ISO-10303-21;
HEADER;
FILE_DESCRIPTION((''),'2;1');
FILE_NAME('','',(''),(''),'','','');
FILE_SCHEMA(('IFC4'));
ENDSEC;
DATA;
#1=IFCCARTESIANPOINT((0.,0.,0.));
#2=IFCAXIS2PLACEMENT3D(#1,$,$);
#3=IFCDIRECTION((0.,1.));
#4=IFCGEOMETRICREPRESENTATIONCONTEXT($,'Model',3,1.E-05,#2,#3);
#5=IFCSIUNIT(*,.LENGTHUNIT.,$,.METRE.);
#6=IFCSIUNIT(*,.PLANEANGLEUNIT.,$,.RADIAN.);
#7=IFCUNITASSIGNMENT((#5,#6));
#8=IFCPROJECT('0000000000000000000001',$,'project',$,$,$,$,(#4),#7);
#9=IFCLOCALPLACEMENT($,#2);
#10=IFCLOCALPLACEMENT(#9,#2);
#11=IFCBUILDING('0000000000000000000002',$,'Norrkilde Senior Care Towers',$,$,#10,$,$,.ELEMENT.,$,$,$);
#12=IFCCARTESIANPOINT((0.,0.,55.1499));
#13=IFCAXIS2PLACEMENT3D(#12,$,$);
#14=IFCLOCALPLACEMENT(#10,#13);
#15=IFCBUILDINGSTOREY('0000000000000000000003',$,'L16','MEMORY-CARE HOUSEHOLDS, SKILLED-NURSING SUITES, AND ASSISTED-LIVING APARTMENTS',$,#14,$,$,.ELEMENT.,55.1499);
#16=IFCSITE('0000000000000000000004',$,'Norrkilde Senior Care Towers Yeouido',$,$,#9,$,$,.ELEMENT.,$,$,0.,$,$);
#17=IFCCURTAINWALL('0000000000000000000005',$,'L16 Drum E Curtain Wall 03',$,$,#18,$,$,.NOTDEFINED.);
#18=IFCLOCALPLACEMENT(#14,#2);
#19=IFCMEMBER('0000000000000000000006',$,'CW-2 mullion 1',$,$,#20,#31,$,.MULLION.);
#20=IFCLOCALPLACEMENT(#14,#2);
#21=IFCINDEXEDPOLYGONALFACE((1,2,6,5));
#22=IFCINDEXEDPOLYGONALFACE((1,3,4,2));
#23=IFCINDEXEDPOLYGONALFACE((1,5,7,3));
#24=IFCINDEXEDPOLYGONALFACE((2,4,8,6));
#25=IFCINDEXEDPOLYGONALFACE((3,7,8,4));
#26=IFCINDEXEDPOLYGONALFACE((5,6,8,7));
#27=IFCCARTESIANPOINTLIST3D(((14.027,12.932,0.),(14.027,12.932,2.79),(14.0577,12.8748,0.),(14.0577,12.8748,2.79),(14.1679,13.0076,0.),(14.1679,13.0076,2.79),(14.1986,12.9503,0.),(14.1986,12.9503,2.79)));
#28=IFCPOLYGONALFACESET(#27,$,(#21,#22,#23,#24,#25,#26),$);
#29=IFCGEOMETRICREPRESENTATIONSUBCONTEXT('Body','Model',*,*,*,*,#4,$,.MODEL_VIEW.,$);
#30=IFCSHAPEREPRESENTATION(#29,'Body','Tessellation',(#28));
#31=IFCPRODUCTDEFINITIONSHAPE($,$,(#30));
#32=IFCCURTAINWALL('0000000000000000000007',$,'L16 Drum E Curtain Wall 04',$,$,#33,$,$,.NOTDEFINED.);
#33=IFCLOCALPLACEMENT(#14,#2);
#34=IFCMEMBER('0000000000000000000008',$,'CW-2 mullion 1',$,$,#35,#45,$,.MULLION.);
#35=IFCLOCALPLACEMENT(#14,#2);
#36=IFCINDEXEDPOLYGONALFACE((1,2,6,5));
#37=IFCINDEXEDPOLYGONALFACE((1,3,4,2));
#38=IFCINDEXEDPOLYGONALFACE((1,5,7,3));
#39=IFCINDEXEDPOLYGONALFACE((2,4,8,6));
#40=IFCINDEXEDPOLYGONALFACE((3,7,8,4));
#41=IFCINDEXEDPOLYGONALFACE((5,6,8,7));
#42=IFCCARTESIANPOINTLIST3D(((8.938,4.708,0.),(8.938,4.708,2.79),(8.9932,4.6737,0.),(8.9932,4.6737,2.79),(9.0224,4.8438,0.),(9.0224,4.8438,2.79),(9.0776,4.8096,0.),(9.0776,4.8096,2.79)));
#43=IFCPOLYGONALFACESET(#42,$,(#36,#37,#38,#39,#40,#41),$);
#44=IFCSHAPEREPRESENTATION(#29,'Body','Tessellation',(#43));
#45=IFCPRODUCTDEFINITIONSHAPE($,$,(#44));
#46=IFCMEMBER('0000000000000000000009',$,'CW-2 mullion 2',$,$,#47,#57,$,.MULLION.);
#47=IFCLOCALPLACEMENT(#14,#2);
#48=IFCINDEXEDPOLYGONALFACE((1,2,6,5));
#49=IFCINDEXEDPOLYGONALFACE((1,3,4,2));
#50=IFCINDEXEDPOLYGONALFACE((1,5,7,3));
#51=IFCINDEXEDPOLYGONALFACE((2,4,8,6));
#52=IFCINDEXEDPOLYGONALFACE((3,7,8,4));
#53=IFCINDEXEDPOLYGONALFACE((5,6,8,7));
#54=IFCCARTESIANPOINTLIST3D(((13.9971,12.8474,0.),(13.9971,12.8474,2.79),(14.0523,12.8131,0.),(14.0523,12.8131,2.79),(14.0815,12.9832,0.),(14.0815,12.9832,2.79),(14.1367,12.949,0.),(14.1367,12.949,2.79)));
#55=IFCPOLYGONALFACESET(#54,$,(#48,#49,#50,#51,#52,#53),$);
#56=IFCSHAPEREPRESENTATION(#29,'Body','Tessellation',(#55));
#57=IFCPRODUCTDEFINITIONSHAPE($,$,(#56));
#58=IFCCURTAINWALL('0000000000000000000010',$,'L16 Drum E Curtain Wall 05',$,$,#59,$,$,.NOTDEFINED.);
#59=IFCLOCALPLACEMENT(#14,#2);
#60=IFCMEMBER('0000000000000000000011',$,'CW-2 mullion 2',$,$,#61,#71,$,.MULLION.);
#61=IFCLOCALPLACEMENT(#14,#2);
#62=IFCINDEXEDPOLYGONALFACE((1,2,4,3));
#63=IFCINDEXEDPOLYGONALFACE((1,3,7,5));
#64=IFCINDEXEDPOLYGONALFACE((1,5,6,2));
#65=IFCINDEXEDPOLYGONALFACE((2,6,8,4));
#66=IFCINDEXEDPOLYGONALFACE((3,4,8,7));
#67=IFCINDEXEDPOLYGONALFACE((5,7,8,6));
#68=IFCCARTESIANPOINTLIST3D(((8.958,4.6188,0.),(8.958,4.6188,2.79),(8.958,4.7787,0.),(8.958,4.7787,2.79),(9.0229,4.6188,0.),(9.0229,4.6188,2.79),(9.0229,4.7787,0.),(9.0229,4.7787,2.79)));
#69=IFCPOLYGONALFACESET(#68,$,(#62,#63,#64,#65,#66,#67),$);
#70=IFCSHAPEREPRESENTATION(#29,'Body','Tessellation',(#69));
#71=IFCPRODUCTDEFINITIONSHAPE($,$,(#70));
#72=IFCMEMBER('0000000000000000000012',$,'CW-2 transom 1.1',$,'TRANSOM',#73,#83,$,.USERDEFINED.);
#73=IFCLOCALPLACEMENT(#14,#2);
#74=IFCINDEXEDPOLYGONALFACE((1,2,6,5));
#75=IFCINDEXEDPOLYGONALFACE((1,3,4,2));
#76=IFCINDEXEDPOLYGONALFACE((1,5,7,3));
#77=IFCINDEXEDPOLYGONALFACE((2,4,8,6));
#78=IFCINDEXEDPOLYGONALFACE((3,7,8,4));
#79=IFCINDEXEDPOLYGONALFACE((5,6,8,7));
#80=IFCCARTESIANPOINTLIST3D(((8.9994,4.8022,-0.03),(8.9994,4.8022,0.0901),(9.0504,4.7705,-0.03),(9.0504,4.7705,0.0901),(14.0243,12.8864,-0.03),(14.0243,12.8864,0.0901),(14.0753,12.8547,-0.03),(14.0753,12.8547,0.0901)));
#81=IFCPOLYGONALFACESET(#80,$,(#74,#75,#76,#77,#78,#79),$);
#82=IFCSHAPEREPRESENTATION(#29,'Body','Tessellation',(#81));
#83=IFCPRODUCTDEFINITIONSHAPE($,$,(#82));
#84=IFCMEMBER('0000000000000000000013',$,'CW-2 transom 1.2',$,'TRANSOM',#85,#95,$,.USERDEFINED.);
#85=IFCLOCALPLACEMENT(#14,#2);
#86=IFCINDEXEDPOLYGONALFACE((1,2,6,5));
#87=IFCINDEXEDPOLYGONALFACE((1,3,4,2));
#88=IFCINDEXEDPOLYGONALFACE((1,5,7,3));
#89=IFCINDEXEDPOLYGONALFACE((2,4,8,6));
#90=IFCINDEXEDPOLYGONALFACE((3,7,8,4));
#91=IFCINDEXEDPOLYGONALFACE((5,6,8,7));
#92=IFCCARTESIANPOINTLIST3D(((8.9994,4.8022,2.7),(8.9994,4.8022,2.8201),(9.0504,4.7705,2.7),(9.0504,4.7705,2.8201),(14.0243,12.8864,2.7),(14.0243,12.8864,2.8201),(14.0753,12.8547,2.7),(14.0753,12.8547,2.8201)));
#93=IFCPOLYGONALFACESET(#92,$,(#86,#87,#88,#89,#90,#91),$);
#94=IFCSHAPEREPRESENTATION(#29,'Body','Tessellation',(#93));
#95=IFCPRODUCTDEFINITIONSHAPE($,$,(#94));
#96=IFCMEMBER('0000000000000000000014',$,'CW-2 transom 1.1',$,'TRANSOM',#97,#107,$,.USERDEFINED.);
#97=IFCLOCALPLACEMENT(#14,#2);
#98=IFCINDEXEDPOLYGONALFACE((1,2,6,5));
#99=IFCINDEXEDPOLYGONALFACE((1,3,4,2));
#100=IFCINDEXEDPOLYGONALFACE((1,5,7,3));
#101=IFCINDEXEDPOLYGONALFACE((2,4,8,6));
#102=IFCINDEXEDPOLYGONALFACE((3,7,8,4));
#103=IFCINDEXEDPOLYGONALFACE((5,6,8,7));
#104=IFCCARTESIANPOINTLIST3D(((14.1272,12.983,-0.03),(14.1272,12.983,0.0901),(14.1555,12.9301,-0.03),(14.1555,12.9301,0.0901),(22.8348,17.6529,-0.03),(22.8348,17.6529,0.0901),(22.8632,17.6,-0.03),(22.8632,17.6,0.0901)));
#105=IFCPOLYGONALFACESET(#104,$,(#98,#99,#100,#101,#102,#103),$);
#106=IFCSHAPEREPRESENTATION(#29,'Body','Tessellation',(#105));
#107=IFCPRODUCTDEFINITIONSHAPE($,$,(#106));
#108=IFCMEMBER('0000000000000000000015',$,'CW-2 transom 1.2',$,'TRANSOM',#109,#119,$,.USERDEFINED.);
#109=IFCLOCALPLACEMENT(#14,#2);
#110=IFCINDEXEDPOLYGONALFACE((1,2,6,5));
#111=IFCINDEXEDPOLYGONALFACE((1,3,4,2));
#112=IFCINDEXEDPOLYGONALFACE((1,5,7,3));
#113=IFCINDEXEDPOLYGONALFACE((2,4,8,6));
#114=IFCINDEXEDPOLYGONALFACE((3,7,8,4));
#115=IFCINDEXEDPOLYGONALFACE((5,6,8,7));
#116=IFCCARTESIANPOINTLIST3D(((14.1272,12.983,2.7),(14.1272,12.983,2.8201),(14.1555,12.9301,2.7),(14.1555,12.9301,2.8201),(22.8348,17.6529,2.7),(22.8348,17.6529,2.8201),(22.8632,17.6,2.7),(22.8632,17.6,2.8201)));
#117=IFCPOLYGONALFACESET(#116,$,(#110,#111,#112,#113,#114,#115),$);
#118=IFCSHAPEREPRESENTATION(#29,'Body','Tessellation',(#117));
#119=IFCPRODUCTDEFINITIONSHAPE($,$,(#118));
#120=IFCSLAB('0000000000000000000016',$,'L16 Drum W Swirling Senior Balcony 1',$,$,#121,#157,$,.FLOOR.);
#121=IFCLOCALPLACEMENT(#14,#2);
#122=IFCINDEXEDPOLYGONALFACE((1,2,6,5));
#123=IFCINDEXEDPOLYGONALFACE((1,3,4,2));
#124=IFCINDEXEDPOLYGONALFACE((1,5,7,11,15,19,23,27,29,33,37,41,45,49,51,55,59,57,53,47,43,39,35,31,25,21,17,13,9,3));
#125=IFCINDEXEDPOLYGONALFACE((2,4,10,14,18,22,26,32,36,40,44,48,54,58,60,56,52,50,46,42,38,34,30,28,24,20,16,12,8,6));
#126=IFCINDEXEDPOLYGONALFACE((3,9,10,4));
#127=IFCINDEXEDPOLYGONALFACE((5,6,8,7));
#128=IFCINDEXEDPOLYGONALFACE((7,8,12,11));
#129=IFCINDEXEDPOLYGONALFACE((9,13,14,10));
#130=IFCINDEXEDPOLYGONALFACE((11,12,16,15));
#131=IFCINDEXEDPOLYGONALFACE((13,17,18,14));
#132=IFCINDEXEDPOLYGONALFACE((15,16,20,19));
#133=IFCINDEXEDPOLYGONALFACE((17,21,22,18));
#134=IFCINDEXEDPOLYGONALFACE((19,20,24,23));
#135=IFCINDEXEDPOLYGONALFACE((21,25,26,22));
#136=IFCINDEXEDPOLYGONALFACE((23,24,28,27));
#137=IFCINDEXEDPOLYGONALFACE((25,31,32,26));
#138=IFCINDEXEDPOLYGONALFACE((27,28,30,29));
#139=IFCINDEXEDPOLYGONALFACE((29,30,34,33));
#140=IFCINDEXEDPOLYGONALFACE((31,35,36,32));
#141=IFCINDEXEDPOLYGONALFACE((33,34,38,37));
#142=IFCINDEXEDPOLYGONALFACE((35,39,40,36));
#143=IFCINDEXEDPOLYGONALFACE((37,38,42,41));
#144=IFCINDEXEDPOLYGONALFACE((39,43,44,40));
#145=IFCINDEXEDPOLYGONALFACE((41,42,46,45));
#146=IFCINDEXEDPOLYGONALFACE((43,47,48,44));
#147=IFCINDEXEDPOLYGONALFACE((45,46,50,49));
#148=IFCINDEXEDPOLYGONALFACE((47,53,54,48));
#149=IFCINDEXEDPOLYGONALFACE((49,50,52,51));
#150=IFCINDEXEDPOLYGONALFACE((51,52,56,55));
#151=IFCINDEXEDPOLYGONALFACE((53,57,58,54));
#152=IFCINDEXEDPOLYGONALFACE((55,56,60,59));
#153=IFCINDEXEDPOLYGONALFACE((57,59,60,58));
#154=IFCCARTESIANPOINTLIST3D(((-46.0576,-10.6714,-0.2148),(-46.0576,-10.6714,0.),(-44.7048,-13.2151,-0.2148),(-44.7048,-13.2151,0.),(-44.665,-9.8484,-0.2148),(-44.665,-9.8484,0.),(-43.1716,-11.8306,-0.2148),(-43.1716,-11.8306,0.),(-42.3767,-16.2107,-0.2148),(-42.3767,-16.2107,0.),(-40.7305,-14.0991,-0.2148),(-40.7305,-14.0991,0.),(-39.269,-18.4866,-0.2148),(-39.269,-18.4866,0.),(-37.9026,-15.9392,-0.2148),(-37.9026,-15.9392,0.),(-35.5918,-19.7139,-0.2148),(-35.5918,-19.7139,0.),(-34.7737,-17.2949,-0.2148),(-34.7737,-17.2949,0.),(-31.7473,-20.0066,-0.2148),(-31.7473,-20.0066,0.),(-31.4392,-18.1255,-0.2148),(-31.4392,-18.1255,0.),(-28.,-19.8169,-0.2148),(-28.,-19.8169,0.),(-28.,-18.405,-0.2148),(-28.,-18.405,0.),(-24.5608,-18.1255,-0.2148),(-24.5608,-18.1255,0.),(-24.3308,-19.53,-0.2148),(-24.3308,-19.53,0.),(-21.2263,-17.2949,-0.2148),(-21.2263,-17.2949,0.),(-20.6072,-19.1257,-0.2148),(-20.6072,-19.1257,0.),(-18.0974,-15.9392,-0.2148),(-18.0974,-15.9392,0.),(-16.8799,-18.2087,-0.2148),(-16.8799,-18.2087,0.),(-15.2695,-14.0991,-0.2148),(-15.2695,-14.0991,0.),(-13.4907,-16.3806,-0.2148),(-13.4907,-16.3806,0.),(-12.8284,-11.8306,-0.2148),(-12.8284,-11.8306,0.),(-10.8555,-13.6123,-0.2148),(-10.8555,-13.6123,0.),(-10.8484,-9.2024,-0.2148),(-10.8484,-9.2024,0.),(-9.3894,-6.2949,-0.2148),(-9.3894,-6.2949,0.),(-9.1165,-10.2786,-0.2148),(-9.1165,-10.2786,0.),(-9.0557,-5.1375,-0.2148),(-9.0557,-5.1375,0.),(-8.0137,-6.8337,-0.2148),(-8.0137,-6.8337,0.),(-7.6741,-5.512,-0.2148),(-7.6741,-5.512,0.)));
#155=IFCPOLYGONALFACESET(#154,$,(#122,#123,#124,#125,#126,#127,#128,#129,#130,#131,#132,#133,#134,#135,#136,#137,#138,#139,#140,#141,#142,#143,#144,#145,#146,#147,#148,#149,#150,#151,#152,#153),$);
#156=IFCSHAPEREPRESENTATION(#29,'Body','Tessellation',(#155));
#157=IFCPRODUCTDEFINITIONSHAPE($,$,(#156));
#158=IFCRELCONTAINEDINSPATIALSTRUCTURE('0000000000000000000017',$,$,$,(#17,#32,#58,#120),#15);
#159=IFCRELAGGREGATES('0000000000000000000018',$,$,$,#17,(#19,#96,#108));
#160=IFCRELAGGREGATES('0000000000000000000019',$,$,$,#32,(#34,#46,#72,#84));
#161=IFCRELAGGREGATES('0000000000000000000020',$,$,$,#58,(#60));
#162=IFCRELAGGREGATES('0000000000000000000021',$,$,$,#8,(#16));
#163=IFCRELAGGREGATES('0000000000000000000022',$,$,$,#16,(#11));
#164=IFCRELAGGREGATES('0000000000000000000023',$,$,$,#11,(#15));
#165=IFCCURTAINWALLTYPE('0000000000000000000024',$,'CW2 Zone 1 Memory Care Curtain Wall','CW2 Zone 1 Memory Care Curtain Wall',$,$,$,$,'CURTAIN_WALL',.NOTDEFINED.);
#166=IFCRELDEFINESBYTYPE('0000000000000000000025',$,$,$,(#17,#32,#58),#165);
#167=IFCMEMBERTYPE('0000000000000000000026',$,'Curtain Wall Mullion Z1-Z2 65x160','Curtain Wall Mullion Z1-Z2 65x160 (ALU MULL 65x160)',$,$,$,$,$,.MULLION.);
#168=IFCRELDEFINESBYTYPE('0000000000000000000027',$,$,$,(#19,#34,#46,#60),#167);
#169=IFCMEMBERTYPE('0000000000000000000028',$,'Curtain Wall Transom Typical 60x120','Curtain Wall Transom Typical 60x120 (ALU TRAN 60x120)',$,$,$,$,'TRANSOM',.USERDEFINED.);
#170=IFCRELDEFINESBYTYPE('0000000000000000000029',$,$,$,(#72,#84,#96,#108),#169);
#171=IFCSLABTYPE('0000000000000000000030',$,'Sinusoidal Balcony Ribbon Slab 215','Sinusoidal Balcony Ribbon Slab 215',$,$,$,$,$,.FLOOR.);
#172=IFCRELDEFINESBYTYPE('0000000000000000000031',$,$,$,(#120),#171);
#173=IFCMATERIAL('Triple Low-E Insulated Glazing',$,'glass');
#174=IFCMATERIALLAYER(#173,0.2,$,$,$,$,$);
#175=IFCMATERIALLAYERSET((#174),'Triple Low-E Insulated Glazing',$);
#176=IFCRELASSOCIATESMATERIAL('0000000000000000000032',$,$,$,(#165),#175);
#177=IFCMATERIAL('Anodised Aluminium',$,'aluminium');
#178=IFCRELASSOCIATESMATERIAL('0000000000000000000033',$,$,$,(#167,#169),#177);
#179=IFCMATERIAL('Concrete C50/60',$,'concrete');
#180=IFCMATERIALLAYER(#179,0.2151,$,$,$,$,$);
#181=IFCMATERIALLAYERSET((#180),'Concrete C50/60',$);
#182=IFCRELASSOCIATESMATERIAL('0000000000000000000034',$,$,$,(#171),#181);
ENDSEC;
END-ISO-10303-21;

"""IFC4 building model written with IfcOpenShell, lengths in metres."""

from ifc_helpers import new_model, si_unit, direction, frame, origin, origin_2d, place, context, subcontext, project, spatial, polyline, rectangle, outline, extrude, source, transform, mapped, material, layer, layer_set, material_profile, profile_set, type_object, type_shapes, element, aggregate, save


model = new_model("IFC4")

# Units and contexts
model_context = context("Model", 3, precision=1e-05, world=origin(), true_north=direction((0.0, 1.0)))
body_context = subcontext(model_context, "Body", "Model", "MODEL_VIEW")
ifc_project = project(units=[si_unit("LENGTHUNIT", "METRE"), si_unit("PLANEANGLEUNIT", "RADIAN")], contexts=[model_context])

# Site, building, storey
site_placement = place(None, origin())
site = spatial("IfcSite", under=ifc_project, at=site_placement, Name="Norrkilde Senior Care Towers Yeouido", CompositionType="ELEMENT", RefElevation=0.0)
building_placement = place(site_placement, origin())
building = spatial("IfcBuilding", under=site, at=building_placement, Name="Norrkilde Senior Care Towers", CompositionType="ELEMENT")
storey_placement = place(building_placement, frame((0.0, 0.0, 55.1499)))
storey = spatial("IfcBuildingStorey", under=building, at=storey_placement, Name="L16", Description="MEMORY-CARE HOUSEHOLDS, SKILLED-NURSING SUITES, AND ASSISTED-LIVING APARTMENTS", CompositionType="ELEMENT", Elevation=55.1499)

# Curtain wall, member
ifc_material_1 = material(Name="Triple Low-E Insulated Glazing", Category="glass")
ifc_layer_1 = layer(ifc_material_1, 0.2)
ifc_layer_set_1 = layer_set([ifc_layer_1], Name="Triple Low-E Insulated Glazing")
curtain_wall_type = type_object("IfcCurtainWallType", Name="CW2 Zone 1 Memory Care Curtain Wall", Description="CW2 Zone 1 Memory Care Curtain Wall", ElementType="CURTAIN_WALL", PredefinedType="NOTDEFINED", material=ifc_layer_set_1)
curtain_wall_1_placement = place(storey_placement, origin())
curtain_wall_1 = element("IfcCurtainWall", 1, at=curtain_wall_1_placement, inside=storey, type_object=curtain_wall_type, Name="L16 Drum E Curtain Wall 03", PredefinedType="NOTDEFINED")
ifc_material_2 = material(Name="Anodised Aluminium", Category="aluminium")
ifc_material_profile_1 = material_profile(ifc_material_2, rectangle(XDim=0.0649, YDim=0.1599, at=origin_2d()), Name="ALU MULL 65x160")
ifc_profile_set_1 = profile_set([ifc_material_profile_1], Name="Anodised Aluminium")
member_type_1 = type_object("IfcMemberType", Name="Curtain Wall Mullion Z1-Z2 65x160", Description="Curtain Wall Mullion Z1-Z2 65x160 (ALU MULL 65x160)", PredefinedType="MULLION", material=ifc_profile_set_1)
shared_shape_1 = source(origin(), body_context, "Body", "SweptSolid", [
    extrude(rectangle(XDim=0.0649, YDim=0.1599, at=origin_2d()), origin(), (0.0, 0.0, 1.0), 2.79),
])
type_shapes(member_type_1, [shared_shape_1])
member_1_placement = place(storey_placement, frame((14.1128, 12.9412, 0.0), z_axis=(0.0, 0.0, 1.0), x_axis=(-0.472608, 0.881273, 0.0)))
member_1 = element("IfcMember", 2, at=member_1_placement, type_object=member_type_1, Name="CW-2 mullion 1", PredefinedType="MULLION", context=body_context, shape_type="MappedRepresentation", body=[
    mapped(shared_shape_1, transform((0.0, 0.0, 0.0), x_axis=(1.0, 0.0, 0.0), y_axis=(0.0, 1.0, 0.0), z_axis=(0.0, 0.0, 1.0), scale=1.0)),
])

# Curtain wall, members
curtain_wall_2_placement = place(storey_placement, origin())
curtain_wall_2 = element("IfcCurtainWall", 3, at=curtain_wall_2_placement, inside=storey, type_object=curtain_wall_type, Name="L16 Drum E Curtain Wall 04", PredefinedType="NOTDEFINED")
member_2_placement = place(storey_placement, frame((9.0078, 4.7588, 0.0), z_axis=(0.0, 0.0, 1.0), x_axis=(-0.849306, 0.527901, 0.0)))
member_2 = element("IfcMember", 4, at=member_2_placement, type_object=member_type_1, Name="CW-2 mullion 1", PredefinedType="MULLION", context=body_context, shape_type="MappedRepresentation", body=[
    mapped(shared_shape_1, transform((0.0, 0.0, 0.0), x_axis=(1.0, 0.0, 0.0), y_axis=(0.0, 1.0, 0.0), z_axis=(0.0, 0.0, 1.0), scale=1.0)),
])
member_3_placement = place(storey_placement, frame((14.0669, 12.8982, 0.0), z_axis=(0.0, 0.0, 1.0), x_axis=(-0.849306, 0.527901, 0.0)))
member_3 = element("IfcMember", 5, at=member_3_placement, type_object=member_type_1, Name="CW-2 mullion 2", PredefinedType="MULLION", context=body_context, shape_type="MappedRepresentation", body=[
    mapped(shared_shape_1, transform((0.0, 0.0, 0.0), x_axis=(1.0, 0.0, 0.0), y_axis=(0.0, 1.0, 0.0), z_axis=(0.0, 0.0, 1.0), scale=1.0)),
])

# Curtain wall, member
curtain_wall_3_placement = place(storey_placement, origin())
curtain_wall_3 = element("IfcCurtainWall", 6, at=curtain_wall_3_placement, inside=storey, type_object=curtain_wall_type, Name="L16 Drum E Curtain Wall 05", PredefinedType="NOTDEFINED")
member_4_placement = place(storey_placement, frame((8.9905, 4.6987, 0.0), z_axis=(0.0, 0.0, 1.0), x_axis=(-1.0, 0.0, 0.0)))
member_4 = element("IfcMember", 7, at=member_4_placement, type_object=member_type_1, Name="CW-2 mullion 2", PredefinedType="MULLION", context=body_context, shape_type="MappedRepresentation", body=[
    mapped(shared_shape_1, transform((0.0, 0.0, 0.0), x_axis=(1.0, 0.0, 0.0), y_axis=(0.0, 1.0, 0.0), z_axis=(0.0, 0.0, 1.0), scale=1.0)),
])

# Members
ifc_material_profile_2 = material_profile(ifc_material_2, rectangle(XDim=0.0601, YDim=0.1201, at=origin_2d()), Name="ALU TRAN 60x120")
ifc_profile_set_2 = profile_set([ifc_material_profile_2], Name="Anodised Aluminium")
member_type_2 = type_object("IfcMemberType", Name="Curtain Wall Transom Typical 60x120", Description="Curtain Wall Transom Typical 60x120 (ALU TRAN 60x120)", ElementType="TRANSOM", PredefinedType="USERDEFINED", material=ifc_profile_set_2)
shared_shape_2 = source(origin(), body_context, "Body", "SweptSolid", [
    extrude(rectangle(XDim=0.0601, YDim=0.1201, at=origin_2d()), origin(), (0.0, 0.0, 1.0), 9.5186),
])
member_5_placement = place(storey_placement, frame((9.0249, 4.7864, 0.03), z_axis=(0.527902, 0.849306, 0.0), x_axis=(-0.849306, 0.527902, 0.0)))
member_5 = element("IfcMember", 8, at=member_5_placement, type_object=member_type_2, Name="CW-2 transom 1.1", ObjectType="TRANSOM", PredefinedType="USERDEFINED", context=body_context, shape_type="MappedRepresentation", body=[
    mapped(shared_shape_2, transform((0.0, 0.0, 0.0), x_axis=(1.0, 0.0, 0.0), y_axis=(0.0, 1.0, 0.0), z_axis=(0.0, 0.0, 1.0), scale=1.0)),
])
member_6_placement = place(storey_placement, frame((9.0249, 4.7864, 2.76), z_axis=(0.527902, 0.849306, 0.0), x_axis=(-0.849306, 0.527902, 0.0)))
member_6 = element("IfcMember", 9, at=member_6_placement, type_object=member_type_2, Name="CW-2 transom 1.2", ObjectType="TRANSOM", PredefinedType="USERDEFINED", context=body_context, shape_type="MappedRepresentation", body=[
    mapped(shared_shape_2, transform((0.0, 0.0, 0.0), x_axis=(1.0, 0.0, 0.0), y_axis=(0.0, 1.0, 0.0), z_axis=(0.0, 0.0, 1.0), scale=1.0)),
])
shared_shape_3 = source(origin(), body_context, "Body", "SweptSolid", [
    extrude(rectangle(XDim=0.0601, YDim=0.1201, at=origin_2d()), origin(), (0.0, 0.0, 1.0), 9.8809),
])
type_shapes(member_type_2, [shared_shape_2, shared_shape_3])
member_7_placement = place(storey_placement, frame((14.1414, 12.9565, 0.03), z_axis=(0.881267, 0.472618, 0.0), x_axis=(-0.472618, 0.881267, 0.0)))
member_7 = element("IfcMember", 10, at=member_7_placement, type_object=member_type_2, Name="CW-2 transom 1.1", ObjectType="TRANSOM", PredefinedType="USERDEFINED", context=body_context, shape_type="MappedRepresentation", body=[
    mapped(shared_shape_3, transform((0.0, 0.0, 0.0), x_axis=(1.0, 0.0, 0.0), y_axis=(0.0, 1.0, 0.0), z_axis=(0.0, 0.0, 1.0), scale=1.0)),
])
member_8_placement = place(storey_placement, frame((14.1414, 12.9565, 2.76), z_axis=(0.881267, 0.472618, 0.0), x_axis=(-0.472618, 0.881267, 0.0)))
member_8 = element("IfcMember", 11, at=member_8_placement, type_object=member_type_2, Name="CW-2 transom 1.2", ObjectType="TRANSOM", PredefinedType="USERDEFINED", context=body_context, shape_type="MappedRepresentation", body=[
    mapped(shared_shape_3, transform((0.0, 0.0, 0.0), x_axis=(1.0, 0.0, 0.0), y_axis=(0.0, 1.0, 0.0), z_axis=(0.0, 0.0, 1.0), scale=1.0)),
])
aggregate(curtain_wall_1, [member_1, member_7, member_8])

# Slab
ifc_material_3 = material(Name="Concrete C50/60", Category="concrete")
ifc_layer_2 = layer(ifc_material_3, 0.2151)
ifc_layer_set_2 = layer_set([ifc_layer_2], Name="Concrete C50/60")
slab_type_1 = type_object("IfcSlabType", Name="Sinusoidal Balcony Ribbon Slab 215", Description="Sinusoidal Balcony Ribbon Slab 215", PredefinedType="FLOOR", material=ifc_layer_set_2)
slab_1_placement = place(storey_placement, frame((0.0, 0.0, -0.2148)))
element("IfcSlab", 12, at=slab_1_placement, inside=storey, type_object=slab_type_1, Name="L16 Drum W Swirling Senior Balcony 1", PredefinedType="FLOOR", context=body_context, shape_type="SweptSolid", body=[
    extrude(outline(polyline([(-9.1165, -10.2786), (-10.8555, -13.6123), (-13.4907, -16.3806), (-16.8799, -18.2087), (-20.6072, -19.1257), (-24.3308, -19.53), (-28.0, -19.8169), (-31.7473, -20.0066), (-35.5918, -19.7139), (-39.269, -18.4866), (-42.3767, -16.2107), (-44.7048, -13.2151), (-46.0576, -10.6714), (-44.665, -9.8484), (-43.1716, -11.8306), (-40.7305, -14.0991), (-37.9026, -15.9392), (-34.7737, -17.2949), (-31.4392, -18.1255), (-28.0, -18.405), (-24.5608, -18.1255), (-21.2263, -17.2949), (-18.0974, -15.9392), (-15.2695, -14.0991), (-12.8284, -11.8306), (-10.8484, -9.2024), (-9.3894, -6.2949), (-9.0557, -5.1375), (-7.6741, -5.512), (-8.0137, -6.8337), (-9.1165, -10.2786)])), origin(), (0.0, 0.0, 1.0), 0.2148),
])

aggregate(curtain_wall_2, [member_2, member_3, member_5, member_6])
aggregate(curtain_wall_3, [member_4])

save(model, "model.ifc")
